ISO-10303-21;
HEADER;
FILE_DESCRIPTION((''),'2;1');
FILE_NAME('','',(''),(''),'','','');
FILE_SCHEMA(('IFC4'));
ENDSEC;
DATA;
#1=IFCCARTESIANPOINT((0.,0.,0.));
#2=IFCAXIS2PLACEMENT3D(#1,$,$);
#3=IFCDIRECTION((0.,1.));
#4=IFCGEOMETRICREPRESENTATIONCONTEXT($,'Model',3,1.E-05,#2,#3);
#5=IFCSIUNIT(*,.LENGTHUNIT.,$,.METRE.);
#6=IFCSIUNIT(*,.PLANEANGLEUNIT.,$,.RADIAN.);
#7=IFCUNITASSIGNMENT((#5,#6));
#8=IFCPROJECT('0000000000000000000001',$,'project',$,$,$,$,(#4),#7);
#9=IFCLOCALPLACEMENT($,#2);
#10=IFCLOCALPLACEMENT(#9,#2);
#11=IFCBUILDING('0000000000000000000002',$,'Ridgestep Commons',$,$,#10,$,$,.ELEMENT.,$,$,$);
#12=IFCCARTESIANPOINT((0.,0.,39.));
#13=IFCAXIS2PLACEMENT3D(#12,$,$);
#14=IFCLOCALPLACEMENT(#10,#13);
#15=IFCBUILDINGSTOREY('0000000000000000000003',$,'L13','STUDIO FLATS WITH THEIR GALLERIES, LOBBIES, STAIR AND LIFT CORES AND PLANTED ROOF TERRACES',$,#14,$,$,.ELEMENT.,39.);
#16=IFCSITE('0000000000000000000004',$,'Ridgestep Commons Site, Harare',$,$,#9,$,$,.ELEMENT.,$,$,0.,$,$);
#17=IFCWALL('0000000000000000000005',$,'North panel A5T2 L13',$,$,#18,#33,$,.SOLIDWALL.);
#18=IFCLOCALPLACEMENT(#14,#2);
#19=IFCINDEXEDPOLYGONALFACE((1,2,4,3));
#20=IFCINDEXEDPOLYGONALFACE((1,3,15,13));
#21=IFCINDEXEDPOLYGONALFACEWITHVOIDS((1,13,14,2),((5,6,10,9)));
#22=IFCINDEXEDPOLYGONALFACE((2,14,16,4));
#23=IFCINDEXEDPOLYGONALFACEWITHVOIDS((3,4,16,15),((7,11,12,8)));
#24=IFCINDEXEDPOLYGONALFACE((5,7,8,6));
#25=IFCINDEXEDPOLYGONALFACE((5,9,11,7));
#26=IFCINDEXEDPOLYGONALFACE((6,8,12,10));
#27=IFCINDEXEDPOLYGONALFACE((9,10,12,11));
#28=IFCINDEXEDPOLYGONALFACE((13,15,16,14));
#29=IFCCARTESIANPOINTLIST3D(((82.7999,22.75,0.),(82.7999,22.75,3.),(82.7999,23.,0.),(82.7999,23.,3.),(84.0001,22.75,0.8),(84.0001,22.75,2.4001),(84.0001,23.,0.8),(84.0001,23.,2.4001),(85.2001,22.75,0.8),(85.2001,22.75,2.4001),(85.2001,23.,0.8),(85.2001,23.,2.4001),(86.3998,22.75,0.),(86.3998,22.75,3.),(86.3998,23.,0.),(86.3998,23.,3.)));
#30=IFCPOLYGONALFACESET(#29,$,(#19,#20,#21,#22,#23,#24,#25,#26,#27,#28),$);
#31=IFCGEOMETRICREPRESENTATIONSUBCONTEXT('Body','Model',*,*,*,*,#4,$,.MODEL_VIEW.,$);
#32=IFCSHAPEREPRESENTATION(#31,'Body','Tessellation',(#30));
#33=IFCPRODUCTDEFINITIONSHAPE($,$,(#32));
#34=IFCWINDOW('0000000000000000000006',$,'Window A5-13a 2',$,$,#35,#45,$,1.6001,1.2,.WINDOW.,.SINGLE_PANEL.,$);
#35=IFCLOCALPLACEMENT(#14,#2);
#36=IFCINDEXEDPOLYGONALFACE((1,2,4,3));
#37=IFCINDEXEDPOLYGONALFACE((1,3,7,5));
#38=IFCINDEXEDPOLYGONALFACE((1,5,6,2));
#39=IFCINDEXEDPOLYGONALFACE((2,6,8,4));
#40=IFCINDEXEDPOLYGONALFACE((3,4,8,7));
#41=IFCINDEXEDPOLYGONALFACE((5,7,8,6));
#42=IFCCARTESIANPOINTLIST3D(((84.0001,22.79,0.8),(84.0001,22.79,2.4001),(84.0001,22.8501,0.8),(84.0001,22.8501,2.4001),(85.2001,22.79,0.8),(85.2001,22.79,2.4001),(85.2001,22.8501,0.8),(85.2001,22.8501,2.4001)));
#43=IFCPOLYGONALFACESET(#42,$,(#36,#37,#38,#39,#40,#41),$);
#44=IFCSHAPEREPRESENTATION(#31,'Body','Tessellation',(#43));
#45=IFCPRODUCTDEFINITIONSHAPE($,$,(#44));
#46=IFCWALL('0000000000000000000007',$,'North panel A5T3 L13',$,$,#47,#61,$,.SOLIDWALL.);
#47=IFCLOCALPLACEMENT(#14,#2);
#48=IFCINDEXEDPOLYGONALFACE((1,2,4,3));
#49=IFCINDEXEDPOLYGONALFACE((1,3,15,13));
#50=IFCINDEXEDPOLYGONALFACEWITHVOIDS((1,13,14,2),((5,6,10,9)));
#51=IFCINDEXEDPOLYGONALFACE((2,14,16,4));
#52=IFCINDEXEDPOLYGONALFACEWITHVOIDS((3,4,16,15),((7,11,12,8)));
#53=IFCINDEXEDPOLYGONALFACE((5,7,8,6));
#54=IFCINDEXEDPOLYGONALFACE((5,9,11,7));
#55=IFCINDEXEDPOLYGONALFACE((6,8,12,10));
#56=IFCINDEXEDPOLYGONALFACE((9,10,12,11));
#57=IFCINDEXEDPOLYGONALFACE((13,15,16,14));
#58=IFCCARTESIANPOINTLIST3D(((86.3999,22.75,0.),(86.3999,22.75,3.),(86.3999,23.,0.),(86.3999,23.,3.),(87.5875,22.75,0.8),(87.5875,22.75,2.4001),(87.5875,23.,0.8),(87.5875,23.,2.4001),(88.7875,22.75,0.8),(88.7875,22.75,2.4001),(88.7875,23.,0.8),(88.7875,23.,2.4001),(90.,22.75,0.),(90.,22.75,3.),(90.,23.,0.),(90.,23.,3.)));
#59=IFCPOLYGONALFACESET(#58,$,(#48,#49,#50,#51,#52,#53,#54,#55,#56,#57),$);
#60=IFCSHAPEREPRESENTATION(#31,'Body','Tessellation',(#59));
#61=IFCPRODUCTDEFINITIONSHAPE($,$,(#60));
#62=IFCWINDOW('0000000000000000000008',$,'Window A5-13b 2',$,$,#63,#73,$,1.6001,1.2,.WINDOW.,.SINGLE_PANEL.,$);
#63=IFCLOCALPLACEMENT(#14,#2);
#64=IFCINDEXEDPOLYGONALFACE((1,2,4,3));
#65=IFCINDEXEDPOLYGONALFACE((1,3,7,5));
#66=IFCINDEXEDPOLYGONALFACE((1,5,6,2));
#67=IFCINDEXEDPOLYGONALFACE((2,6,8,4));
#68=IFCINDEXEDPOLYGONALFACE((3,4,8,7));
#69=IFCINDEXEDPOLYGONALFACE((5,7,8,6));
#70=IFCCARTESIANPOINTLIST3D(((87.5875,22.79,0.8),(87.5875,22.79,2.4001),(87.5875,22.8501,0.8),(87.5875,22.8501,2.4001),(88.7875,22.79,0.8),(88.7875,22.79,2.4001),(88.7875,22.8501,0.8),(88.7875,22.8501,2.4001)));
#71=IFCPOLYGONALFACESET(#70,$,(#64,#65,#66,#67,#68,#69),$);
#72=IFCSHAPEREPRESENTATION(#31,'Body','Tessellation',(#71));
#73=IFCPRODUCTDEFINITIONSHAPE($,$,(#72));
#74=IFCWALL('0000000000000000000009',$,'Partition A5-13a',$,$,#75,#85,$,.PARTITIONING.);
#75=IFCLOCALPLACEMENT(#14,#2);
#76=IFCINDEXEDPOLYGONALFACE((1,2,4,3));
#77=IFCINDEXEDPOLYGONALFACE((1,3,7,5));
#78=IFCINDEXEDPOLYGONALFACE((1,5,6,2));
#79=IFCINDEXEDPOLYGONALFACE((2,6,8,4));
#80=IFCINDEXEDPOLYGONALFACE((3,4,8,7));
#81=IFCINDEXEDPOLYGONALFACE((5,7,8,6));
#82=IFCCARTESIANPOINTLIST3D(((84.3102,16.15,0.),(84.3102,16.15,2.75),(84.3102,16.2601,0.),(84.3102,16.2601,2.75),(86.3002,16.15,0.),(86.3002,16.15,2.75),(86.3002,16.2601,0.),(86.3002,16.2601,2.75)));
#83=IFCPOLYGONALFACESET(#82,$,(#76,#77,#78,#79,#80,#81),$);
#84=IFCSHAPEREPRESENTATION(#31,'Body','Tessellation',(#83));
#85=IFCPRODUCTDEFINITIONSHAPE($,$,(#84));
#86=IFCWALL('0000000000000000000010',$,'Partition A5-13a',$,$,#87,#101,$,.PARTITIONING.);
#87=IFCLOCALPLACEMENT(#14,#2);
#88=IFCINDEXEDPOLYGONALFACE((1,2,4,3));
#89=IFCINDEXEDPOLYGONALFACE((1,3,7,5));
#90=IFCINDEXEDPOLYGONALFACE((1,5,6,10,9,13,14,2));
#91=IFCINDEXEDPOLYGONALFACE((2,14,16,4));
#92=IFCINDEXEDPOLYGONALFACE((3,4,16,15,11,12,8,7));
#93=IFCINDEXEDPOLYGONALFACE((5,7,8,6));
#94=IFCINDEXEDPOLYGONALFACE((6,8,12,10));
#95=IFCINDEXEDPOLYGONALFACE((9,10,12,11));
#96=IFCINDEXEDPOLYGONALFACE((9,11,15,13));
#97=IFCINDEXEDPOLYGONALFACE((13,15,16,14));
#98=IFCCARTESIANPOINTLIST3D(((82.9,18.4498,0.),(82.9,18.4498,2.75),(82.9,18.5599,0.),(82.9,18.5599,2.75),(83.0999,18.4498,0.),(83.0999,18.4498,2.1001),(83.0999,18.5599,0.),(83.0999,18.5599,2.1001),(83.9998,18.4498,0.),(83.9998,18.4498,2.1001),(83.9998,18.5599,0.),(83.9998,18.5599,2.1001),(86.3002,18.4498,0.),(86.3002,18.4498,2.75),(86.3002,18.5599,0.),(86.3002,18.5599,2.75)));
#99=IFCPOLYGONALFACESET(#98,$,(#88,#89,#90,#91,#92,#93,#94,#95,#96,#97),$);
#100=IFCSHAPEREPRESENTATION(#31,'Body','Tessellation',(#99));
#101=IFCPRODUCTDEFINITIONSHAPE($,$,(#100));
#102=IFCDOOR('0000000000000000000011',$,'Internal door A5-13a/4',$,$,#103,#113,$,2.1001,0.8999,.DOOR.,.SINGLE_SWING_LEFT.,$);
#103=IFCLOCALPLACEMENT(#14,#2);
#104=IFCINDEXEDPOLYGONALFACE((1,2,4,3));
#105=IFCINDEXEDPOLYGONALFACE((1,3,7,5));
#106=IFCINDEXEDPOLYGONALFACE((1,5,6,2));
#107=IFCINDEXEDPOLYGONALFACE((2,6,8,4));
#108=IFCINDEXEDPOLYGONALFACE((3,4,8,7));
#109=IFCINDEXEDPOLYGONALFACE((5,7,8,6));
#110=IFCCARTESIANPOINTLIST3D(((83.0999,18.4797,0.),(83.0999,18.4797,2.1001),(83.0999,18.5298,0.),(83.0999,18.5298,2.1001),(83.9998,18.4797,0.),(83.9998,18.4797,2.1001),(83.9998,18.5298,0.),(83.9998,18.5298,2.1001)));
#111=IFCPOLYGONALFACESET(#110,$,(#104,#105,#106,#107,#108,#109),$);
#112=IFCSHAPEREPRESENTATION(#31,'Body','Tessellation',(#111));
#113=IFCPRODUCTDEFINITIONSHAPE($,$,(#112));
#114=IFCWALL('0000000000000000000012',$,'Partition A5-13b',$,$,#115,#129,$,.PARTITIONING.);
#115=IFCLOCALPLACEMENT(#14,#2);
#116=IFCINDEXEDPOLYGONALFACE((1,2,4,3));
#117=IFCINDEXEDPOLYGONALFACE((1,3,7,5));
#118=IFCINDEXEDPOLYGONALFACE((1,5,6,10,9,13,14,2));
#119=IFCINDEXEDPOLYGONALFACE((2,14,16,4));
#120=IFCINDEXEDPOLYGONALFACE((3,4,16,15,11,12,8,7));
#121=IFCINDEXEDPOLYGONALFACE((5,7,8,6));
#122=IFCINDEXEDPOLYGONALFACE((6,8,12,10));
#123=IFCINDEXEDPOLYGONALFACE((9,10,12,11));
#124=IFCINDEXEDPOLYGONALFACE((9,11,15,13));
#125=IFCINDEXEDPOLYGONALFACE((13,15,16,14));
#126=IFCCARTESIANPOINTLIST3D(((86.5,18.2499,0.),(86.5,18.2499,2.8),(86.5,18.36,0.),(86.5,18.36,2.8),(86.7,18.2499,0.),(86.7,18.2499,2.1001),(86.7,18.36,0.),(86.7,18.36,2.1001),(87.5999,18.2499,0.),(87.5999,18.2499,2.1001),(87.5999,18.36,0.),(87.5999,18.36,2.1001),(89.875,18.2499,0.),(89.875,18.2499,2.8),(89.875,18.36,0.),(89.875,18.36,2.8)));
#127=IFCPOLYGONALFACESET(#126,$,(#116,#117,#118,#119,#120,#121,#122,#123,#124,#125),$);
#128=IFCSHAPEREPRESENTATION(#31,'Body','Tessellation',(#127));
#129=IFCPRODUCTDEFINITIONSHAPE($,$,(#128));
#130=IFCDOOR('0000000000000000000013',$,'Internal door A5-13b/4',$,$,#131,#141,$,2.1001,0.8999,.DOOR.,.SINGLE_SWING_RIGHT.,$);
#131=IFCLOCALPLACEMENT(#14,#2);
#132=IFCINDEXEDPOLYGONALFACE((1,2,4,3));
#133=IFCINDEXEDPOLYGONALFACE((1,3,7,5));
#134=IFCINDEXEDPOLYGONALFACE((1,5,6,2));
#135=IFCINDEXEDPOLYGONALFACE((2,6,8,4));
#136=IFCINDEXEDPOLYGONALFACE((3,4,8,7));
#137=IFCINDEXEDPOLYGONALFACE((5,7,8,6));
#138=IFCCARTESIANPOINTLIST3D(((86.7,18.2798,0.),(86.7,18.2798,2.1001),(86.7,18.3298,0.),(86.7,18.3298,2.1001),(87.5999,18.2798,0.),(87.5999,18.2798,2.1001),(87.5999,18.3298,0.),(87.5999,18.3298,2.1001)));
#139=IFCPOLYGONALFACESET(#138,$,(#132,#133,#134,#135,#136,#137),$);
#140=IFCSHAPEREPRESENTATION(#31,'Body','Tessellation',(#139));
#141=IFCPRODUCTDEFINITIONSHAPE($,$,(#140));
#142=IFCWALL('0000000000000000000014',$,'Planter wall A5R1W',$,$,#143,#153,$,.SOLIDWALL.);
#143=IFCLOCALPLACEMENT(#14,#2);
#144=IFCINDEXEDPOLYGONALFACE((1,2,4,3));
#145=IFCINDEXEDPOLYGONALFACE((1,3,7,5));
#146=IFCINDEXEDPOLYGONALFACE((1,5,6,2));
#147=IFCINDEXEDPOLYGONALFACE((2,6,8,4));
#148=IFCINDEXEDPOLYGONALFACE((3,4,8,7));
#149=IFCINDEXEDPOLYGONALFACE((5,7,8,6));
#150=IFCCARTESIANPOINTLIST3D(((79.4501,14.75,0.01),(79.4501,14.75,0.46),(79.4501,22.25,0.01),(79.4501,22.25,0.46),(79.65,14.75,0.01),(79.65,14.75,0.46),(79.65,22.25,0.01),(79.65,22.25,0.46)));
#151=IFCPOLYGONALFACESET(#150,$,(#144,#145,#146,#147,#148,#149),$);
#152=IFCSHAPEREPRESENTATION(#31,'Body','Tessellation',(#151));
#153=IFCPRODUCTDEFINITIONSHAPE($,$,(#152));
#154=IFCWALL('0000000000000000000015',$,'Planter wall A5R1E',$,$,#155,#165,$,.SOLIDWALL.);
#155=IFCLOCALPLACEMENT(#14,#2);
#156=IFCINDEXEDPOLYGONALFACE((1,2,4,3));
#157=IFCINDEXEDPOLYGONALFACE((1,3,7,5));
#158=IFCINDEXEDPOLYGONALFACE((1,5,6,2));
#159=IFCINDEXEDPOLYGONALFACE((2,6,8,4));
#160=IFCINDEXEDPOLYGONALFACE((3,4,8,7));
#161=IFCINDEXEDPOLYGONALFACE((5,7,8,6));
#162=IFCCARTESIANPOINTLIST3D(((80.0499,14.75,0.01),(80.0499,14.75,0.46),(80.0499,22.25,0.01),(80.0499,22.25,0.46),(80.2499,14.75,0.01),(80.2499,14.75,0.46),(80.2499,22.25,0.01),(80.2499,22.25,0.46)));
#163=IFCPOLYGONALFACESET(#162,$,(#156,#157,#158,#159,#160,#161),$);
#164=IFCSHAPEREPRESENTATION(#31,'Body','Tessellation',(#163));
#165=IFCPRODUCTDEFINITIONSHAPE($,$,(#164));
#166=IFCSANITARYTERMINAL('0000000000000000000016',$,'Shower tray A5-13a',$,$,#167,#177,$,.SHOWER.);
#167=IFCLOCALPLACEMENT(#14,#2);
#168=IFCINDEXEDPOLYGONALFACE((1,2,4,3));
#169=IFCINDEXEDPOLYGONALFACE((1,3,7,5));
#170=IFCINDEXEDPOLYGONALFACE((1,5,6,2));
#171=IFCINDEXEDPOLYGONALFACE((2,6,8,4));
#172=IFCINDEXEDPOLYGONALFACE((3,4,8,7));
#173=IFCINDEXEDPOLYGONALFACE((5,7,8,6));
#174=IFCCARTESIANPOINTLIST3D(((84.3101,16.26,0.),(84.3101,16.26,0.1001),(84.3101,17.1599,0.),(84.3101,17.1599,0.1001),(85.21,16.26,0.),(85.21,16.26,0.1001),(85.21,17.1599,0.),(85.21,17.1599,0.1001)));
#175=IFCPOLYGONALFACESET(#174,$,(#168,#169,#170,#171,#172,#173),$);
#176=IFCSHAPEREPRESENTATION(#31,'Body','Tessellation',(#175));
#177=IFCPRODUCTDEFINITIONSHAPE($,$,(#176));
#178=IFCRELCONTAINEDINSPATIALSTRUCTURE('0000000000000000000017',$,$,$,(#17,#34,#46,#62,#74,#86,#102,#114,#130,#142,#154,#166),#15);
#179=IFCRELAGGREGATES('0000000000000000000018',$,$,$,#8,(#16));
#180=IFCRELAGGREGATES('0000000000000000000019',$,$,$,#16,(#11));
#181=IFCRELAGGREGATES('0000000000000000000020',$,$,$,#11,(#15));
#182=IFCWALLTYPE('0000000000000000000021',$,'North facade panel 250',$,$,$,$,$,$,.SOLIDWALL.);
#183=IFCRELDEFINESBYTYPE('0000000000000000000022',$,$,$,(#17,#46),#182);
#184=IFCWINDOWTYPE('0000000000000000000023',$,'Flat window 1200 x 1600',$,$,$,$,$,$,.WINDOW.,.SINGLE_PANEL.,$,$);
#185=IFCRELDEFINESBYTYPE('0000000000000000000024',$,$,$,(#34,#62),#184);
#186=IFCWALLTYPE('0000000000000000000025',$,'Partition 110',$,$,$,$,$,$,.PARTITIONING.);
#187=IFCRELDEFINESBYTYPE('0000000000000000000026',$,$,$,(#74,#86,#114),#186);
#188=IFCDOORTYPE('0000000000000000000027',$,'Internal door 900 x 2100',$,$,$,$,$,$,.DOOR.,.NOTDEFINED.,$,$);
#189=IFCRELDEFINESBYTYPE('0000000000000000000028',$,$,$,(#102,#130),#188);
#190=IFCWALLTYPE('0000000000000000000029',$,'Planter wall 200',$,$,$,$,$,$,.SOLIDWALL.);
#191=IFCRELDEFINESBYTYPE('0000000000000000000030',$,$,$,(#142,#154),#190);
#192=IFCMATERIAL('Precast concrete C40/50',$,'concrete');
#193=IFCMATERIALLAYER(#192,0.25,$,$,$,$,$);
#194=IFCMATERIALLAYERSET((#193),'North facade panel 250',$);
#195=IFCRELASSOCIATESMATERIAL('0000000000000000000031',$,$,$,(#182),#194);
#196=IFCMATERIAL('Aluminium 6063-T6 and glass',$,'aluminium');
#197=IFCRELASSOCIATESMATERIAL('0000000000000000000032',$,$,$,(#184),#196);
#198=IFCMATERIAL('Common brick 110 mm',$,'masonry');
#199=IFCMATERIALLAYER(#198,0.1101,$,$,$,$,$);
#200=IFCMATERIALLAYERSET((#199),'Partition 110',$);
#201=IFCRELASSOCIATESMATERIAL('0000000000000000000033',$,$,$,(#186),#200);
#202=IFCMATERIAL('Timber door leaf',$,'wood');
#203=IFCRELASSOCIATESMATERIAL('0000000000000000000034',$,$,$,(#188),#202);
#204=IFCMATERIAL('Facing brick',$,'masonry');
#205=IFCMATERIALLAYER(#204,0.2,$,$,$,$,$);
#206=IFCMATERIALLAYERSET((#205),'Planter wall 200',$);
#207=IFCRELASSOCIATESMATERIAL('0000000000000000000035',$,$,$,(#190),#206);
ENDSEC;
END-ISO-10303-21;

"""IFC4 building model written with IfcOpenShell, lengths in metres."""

from ifc_helpers import new_model, si_unit, direction, frame, frame_2d, origin, origin_2d, place, context, subcontext, project, spatial, rectangle, extrude, material, layer, layer_set, type_object, element, fill, save


model = new_model("IFC4")

# Units and contexts
model_context = context("Model", 3, precision=1e-05, world=origin(), true_north=direction((0.0, 1.0)))
body_context = subcontext(model_context, "Body", "Model", "MODEL_VIEW")
ifc_project = project(units=[si_unit("LENGTHUNIT", "METRE"), si_unit("PLANEANGLEUNIT", "RADIAN")], contexts=[model_context])

# Site, building, storey
site_placement = place(None, origin())
site = spatial("IfcSite", under=ifc_project, at=site_placement, Name="Ridgestep Commons Site, Harare", CompositionType="ELEMENT", RefElevation=0.0)
building_placement = place(site_placement, origin())
building = spatial("IfcBuilding", under=site, at=building_placement, Name="Ridgestep Commons", CompositionType="ELEMENT")
storey_placement = place(building_placement, frame((0.0, 0.0, 39.0)))
storey = spatial("IfcBuildingStorey", under=building, at=storey_placement, Name="L13", Description="STUDIO FLATS WITH THEIR GALLERIES, LOBBIES, STAIR AND LIFT CORES AND PLANTED ROOF TERRACES", CompositionType="ELEMENT", Elevation=39.0)

# Walls, openings, windows
ifc_material_1 = material(Name="Precast concrete C40/50", Category="concrete")
ifc_layer_1 = layer(ifc_material_1, 0.25)
ifc_layer_set_1 = layer_set([ifc_layer_1], Name="North facade panel 250")
wall_type_1 = type_object("IfcWallType", Name="North facade panel 250", PredefinedType="SOLIDWALL", material=ifc_layer_set_1)
wall_1_placement = place(storey_placement, frame((82.8, 22.875, 0.0), z_axis=(0.0, 0.0, 1.0), x_axis=(1.0, 0.0, 0.0)))
wall_1 = element("IfcWall", 1, at=wall_1_placement, inside=storey, type_object=wall_type_1, Name="North panel A5T2 L13", PredefinedType="SOLIDWALL", context=body_context, shape_type="SweptSolid", body=[
    extrude(rectangle(XDim=3.5999, YDim=0.25, at=frame_2d((1.7998, 0.0))), origin(), (0.0, 0.0, 1.0), 3.0),
])
opening_1_placement = place(wall_1_placement, frame((1.2, 0.0, 0.8)))
opening_1 = element("IfcOpeningElement", 2, at=opening_1_placement, cuts=wall_1, PredefinedType="OPENING", context=body_context, shape_type="SweptSolid", body=[
    extrude(rectangle(XDim=1.2, YDim=1.6001, at=frame_2d((0.6001, 0.8))), frame((0.0, 0.135, 0.0), z_axis=(0.0, -1.0, 0.0), x_axis=(1.0, 0.0, 0.0)), (0.0, 0.0, 1.0), 0.27),
])
ifc_material_2 = material(Name="Aluminium 6063-T6 and glass", Category="aluminium")
window_type = type_object("IfcWindowType", Name="Flat window 1200 x 1600", PartitioningType="SINGLE_PANEL", PredefinedType="WINDOW", material=ifc_material_2)
window_1_placement = place(opening_1_placement, origin())
window_1 = element("IfcWindow", 3, at=window_1_placement, inside=storey, type_object=window_type, Name="Window A5-13a 2", OverallHeight=1.6001, OverallWidth=1.2, PartitioningType="SINGLE_PANEL", PredefinedType="WINDOW", context=body_context, shape_type="SweptSolid", body=[
    extrude(rectangle(XDim=1.2, YDim=1.6001, at=frame_2d((0.6001, 0.8))), frame((0.0, -0.0249, 0.0), z_axis=(0.0, -1.0, 0.0), x_axis=(1.0, 0.0, 0.0)), (0.0, 0.0, 1.0), 0.0601),
])
fill(opening_1, window_1)
wall_2_placement = place(storey_placement, frame((86.3999, 22.875, 0.0), z_axis=(0.0, 0.0, 1.0), x_axis=(1.0, 0.0, 0.0)))
wall_2 = element("IfcWall", 4, at=wall_2_placement, inside=storey, type_object=wall_type_1, Name="North panel A5T3 L13", PredefinedType="SOLIDWALL", context=body_context, shape_type="SweptSolid", body=[
    extrude(rectangle(XDim=3.6001, YDim=0.25, at=frame_2d((1.8, 0.0))), origin(), (0.0, 0.0, 1.0), 3.0),
])
opening_2_placement = place(wall_2_placement, frame((1.1875, 0.0, 0.8)))
opening_2 = element("IfcOpeningElement", 5, at=opening_2_placement, cuts=wall_2, PredefinedType="OPENING", context=body_context, shape_type="SweptSolid", body=[
    extrude(rectangle(XDim=1.2, YDim=1.6001, at=frame_2d((0.6001, 0.8))), frame((0.0, 0.135, 0.0), z_axis=(0.0, -1.0, 0.0), x_axis=(1.0, 0.0, 0.0)), (0.0, 0.0, 1.0), 0.27),
])
window_2_placement = place(opening_2_placement, origin())
window_2 = element("IfcWindow", 6, at=window_2_placement, inside=storey, type_object=window_type, Name="Window A5-13b 2", OverallHeight=1.6001, OverallWidth=1.2, PartitioningType="SINGLE_PANEL", PredefinedType="WINDOW", context=body_context, shape_type="SweptSolid", body=[
    extrude(rectangle(XDim=1.2, YDim=1.6001, at=frame_2d((0.6001, 0.8))), frame((0.0, -0.0249, 0.0), z_axis=(0.0, -1.0, 0.0), x_axis=(1.0, 0.0, 0.0)), (0.0, 0.0, 1.0), 0.0601),
])
fill(opening_2, window_2)

# Wall
ifc_material_3 = material(Name="Common brick 110 mm", Category="masonry")
ifc_layer_2 = layer(ifc_material_3, 0.1101)
ifc_layer_set_2 = layer_set([ifc_layer_2], Name="Partition 110")
wall_type_2 = type_object("IfcWallType", Name="Partition 110", PredefinedType="PARTITIONING", material=ifc_layer_set_2)
wall_3_placement = place(storey_placement, frame((84.3101, 16.2051, 0.0), z_axis=(0.0, 0.0, 1.0), x_axis=(1.0, 0.0, 0.0)))
element("IfcWall", 7, at=wall_3_placement, inside=storey, type_object=wall_type_2, Name="Partition A5-13a", PredefinedType="PARTITIONING", context=body_context, shape_type="SweptSolid", body=[
    extrude(rectangle(XDim=1.99, YDim=0.1101, at=frame_2d((0.9951, 0.0))), origin(), (0.0, 0.0, 1.0), 2.75),
])

# Walls, openings, doors
wall_4_placement = place(storey_placement, frame((82.8999, 18.5049, 0.0), z_axis=(0.0, 0.0, 1.0), x_axis=(1.0, 0.0, 0.0)))
wall_4 = element("IfcWall", 8, at=wall_4_placement, inside=storey, type_object=wall_type_2, Name="Partition A5-13a", PredefinedType="PARTITIONING", context=body_context, shape_type="SweptSolid", body=[
    extrude(rectangle(XDim=3.4001, YDim=0.1101, at=frame_2d((1.7002, 0.0))), origin(), (0.0, 0.0, 1.0), 2.75),
])
opening_3_placement = place(wall_4_placement, frame((0.2, 0.0, 0.0)))
opening_3 = element("IfcOpeningElement", 9, at=opening_3_placement, cuts=wall_4, PredefinedType="OPENING", context=body_context, shape_type="SweptSolid", body=[
    extrude(rectangle(XDim=0.8999, YDim=2.1001, at=frame_2d((0.45, 1.05))), frame((0.0, 0.0649, 0.0), z_axis=(0.0, -1.0, 0.0), x_axis=(1.0, 0.0, 0.0)), (0.0, 0.0, 1.0), 0.1301),
])
ifc_material_4 = material(Name="Timber door leaf", Category="wood")
door_type = type_object("IfcDoorType", Name="Internal door 900 x 2100", OperationType="NOTDEFINED", PredefinedType="DOOR", material=ifc_material_4)
door_1_placement = place(opening_3_placement, origin())
door_1 = element("IfcDoor", 10, at=door_1_placement, inside=storey, type_object=door_type, Name="Internal door A5-13a/4", OperationType="SINGLE_SWING_LEFT", OverallHeight=2.1001, OverallWidth=0.8999, PredefinedType="DOOR", context=body_context, shape_type="SweptSolid", body=[
    extrude(rectangle(XDim=0.8999, YDim=2.1001, at=frame_2d((0.45, 1.05))), frame((0.0, 0.0249, 0.0), z_axis=(0.0, -1.0, 0.0), x_axis=(1.0, 0.0, 0.0)), (0.0, 0.0, 1.0), 0.05),
])
fill(opening_3, door_1)
wall_5_placement = place(storey_placement, frame((86.5, 18.3049, 0.0), z_axis=(0.0, 0.0, 1.0), x_axis=(1.0, 0.0, 0.0)))
wall_5 = element("IfcWall", 11, at=wall_5_placement, inside=storey, type_object=wall_type_2, Name="Partition A5-13b", PredefinedType="PARTITIONING", context=body_context, shape_type="SweptSolid", body=[
    extrude(rectangle(XDim=3.375, YDim=0.1101, at=frame_2d((1.6875, 0.0))), origin(), (0.0, 0.0, 1.0), 2.8),
])
opening_4_placement = place(wall_5_placement, frame((0.2, 0.0, 0.0)))
opening_4 = element("IfcOpeningElement", 12, at=opening_4_placement, cuts=wall_5, PredefinedType="OPENING", context=body_context, shape_type="SweptSolid", body=[
    extrude(rectangle(XDim=0.8999, YDim=2.1001, at=frame_2d((0.45, 1.05))), frame((0.0, 0.0649, 0.0), z_axis=(0.0, -1.0, 0.0), x_axis=(1.0, 0.0, 0.0)), (0.0, 0.0, 1.0), 0.1301),
])
door_2_placement = place(opening_4_placement, origin())
door_2 = element("IfcDoor", 13, at=door_2_placement, inside=storey, type_object=door_type, Name="Internal door A5-13b/4", OperationType="SINGLE_SWING_RIGHT", OverallHeight=2.1001, OverallWidth=0.8999, PredefinedType="DOOR", context=body_context, shape_type="SweptSolid", body=[
    extrude(rectangle(XDim=0.8999, YDim=2.1001, at=frame_2d((0.45, 1.05))), frame((0.0, 0.0249, 0.0), z_axis=(0.0, -1.0, 0.0), x_axis=(1.0, 0.0, 0.0)), (0.0, 0.0, 1.0), 0.05),
])
fill(opening_4, door_2)

# Walls
ifc_material_5 = material(Name="Facing brick", Category="masonry")
ifc_layer_3 = layer(ifc_material_5, 0.2)
ifc_layer_set_3 = layer_set([ifc_layer_3], Name="Planter wall 200")
wall_type_3 = type_object("IfcWallType", Name="Planter wall 200", PredefinedType="SOLIDWALL", material=ifc_layer_set_3)
for number, where, z_axis, x_axis, name in (
    (14, (79.55, 14.75, 0.01), (0.0, 0.0, 1.0), (0.0, 1.0, 0.0), "Planter wall A5R1W"),
    (15, (80.1499, 14.75, 0.01), (0.0, 0.0, 1.0), (0.0, 1.0, 0.0), "Planter wall A5R1E"),
):
    element("IfcWall", number, at=place(storey_placement, frame(where, z_axis=z_axis, x_axis=x_axis)), inside=storey, type_object=wall_type_3, Name=name, PredefinedType="SOLIDWALL", context=body_context, shape_type="SweptSolid", body=[
        extrude(rectangle(XDim=7.5, YDim=0.2, at=frame_2d((3.75, 0.0))), origin(), (0.0, 0.0, 1.0), 0.45),
    ])

# Sanitary terminal
sanitary_terminal_1_placement = place(storey_placement, frame((84.76, 16.71, 0.0), z_axis=(0.0, 0.0, 1.0), x_axis=(1.0, 0.0, 0.0)))
element("IfcSanitaryTerminal", 16, at=sanitary_terminal_1_placement, inside=storey, Name="Shower tray A5-13a", PredefinedType="SHOWER", context=body_context, shape_type="SweptSolid", body=[
    extrude(rectangle(XDim=0.8999, YDim=0.8999, at=origin_2d()), origin(), (0.0, 0.0, 1.0), 0.1001),
])

save(model, "model.ifc")
